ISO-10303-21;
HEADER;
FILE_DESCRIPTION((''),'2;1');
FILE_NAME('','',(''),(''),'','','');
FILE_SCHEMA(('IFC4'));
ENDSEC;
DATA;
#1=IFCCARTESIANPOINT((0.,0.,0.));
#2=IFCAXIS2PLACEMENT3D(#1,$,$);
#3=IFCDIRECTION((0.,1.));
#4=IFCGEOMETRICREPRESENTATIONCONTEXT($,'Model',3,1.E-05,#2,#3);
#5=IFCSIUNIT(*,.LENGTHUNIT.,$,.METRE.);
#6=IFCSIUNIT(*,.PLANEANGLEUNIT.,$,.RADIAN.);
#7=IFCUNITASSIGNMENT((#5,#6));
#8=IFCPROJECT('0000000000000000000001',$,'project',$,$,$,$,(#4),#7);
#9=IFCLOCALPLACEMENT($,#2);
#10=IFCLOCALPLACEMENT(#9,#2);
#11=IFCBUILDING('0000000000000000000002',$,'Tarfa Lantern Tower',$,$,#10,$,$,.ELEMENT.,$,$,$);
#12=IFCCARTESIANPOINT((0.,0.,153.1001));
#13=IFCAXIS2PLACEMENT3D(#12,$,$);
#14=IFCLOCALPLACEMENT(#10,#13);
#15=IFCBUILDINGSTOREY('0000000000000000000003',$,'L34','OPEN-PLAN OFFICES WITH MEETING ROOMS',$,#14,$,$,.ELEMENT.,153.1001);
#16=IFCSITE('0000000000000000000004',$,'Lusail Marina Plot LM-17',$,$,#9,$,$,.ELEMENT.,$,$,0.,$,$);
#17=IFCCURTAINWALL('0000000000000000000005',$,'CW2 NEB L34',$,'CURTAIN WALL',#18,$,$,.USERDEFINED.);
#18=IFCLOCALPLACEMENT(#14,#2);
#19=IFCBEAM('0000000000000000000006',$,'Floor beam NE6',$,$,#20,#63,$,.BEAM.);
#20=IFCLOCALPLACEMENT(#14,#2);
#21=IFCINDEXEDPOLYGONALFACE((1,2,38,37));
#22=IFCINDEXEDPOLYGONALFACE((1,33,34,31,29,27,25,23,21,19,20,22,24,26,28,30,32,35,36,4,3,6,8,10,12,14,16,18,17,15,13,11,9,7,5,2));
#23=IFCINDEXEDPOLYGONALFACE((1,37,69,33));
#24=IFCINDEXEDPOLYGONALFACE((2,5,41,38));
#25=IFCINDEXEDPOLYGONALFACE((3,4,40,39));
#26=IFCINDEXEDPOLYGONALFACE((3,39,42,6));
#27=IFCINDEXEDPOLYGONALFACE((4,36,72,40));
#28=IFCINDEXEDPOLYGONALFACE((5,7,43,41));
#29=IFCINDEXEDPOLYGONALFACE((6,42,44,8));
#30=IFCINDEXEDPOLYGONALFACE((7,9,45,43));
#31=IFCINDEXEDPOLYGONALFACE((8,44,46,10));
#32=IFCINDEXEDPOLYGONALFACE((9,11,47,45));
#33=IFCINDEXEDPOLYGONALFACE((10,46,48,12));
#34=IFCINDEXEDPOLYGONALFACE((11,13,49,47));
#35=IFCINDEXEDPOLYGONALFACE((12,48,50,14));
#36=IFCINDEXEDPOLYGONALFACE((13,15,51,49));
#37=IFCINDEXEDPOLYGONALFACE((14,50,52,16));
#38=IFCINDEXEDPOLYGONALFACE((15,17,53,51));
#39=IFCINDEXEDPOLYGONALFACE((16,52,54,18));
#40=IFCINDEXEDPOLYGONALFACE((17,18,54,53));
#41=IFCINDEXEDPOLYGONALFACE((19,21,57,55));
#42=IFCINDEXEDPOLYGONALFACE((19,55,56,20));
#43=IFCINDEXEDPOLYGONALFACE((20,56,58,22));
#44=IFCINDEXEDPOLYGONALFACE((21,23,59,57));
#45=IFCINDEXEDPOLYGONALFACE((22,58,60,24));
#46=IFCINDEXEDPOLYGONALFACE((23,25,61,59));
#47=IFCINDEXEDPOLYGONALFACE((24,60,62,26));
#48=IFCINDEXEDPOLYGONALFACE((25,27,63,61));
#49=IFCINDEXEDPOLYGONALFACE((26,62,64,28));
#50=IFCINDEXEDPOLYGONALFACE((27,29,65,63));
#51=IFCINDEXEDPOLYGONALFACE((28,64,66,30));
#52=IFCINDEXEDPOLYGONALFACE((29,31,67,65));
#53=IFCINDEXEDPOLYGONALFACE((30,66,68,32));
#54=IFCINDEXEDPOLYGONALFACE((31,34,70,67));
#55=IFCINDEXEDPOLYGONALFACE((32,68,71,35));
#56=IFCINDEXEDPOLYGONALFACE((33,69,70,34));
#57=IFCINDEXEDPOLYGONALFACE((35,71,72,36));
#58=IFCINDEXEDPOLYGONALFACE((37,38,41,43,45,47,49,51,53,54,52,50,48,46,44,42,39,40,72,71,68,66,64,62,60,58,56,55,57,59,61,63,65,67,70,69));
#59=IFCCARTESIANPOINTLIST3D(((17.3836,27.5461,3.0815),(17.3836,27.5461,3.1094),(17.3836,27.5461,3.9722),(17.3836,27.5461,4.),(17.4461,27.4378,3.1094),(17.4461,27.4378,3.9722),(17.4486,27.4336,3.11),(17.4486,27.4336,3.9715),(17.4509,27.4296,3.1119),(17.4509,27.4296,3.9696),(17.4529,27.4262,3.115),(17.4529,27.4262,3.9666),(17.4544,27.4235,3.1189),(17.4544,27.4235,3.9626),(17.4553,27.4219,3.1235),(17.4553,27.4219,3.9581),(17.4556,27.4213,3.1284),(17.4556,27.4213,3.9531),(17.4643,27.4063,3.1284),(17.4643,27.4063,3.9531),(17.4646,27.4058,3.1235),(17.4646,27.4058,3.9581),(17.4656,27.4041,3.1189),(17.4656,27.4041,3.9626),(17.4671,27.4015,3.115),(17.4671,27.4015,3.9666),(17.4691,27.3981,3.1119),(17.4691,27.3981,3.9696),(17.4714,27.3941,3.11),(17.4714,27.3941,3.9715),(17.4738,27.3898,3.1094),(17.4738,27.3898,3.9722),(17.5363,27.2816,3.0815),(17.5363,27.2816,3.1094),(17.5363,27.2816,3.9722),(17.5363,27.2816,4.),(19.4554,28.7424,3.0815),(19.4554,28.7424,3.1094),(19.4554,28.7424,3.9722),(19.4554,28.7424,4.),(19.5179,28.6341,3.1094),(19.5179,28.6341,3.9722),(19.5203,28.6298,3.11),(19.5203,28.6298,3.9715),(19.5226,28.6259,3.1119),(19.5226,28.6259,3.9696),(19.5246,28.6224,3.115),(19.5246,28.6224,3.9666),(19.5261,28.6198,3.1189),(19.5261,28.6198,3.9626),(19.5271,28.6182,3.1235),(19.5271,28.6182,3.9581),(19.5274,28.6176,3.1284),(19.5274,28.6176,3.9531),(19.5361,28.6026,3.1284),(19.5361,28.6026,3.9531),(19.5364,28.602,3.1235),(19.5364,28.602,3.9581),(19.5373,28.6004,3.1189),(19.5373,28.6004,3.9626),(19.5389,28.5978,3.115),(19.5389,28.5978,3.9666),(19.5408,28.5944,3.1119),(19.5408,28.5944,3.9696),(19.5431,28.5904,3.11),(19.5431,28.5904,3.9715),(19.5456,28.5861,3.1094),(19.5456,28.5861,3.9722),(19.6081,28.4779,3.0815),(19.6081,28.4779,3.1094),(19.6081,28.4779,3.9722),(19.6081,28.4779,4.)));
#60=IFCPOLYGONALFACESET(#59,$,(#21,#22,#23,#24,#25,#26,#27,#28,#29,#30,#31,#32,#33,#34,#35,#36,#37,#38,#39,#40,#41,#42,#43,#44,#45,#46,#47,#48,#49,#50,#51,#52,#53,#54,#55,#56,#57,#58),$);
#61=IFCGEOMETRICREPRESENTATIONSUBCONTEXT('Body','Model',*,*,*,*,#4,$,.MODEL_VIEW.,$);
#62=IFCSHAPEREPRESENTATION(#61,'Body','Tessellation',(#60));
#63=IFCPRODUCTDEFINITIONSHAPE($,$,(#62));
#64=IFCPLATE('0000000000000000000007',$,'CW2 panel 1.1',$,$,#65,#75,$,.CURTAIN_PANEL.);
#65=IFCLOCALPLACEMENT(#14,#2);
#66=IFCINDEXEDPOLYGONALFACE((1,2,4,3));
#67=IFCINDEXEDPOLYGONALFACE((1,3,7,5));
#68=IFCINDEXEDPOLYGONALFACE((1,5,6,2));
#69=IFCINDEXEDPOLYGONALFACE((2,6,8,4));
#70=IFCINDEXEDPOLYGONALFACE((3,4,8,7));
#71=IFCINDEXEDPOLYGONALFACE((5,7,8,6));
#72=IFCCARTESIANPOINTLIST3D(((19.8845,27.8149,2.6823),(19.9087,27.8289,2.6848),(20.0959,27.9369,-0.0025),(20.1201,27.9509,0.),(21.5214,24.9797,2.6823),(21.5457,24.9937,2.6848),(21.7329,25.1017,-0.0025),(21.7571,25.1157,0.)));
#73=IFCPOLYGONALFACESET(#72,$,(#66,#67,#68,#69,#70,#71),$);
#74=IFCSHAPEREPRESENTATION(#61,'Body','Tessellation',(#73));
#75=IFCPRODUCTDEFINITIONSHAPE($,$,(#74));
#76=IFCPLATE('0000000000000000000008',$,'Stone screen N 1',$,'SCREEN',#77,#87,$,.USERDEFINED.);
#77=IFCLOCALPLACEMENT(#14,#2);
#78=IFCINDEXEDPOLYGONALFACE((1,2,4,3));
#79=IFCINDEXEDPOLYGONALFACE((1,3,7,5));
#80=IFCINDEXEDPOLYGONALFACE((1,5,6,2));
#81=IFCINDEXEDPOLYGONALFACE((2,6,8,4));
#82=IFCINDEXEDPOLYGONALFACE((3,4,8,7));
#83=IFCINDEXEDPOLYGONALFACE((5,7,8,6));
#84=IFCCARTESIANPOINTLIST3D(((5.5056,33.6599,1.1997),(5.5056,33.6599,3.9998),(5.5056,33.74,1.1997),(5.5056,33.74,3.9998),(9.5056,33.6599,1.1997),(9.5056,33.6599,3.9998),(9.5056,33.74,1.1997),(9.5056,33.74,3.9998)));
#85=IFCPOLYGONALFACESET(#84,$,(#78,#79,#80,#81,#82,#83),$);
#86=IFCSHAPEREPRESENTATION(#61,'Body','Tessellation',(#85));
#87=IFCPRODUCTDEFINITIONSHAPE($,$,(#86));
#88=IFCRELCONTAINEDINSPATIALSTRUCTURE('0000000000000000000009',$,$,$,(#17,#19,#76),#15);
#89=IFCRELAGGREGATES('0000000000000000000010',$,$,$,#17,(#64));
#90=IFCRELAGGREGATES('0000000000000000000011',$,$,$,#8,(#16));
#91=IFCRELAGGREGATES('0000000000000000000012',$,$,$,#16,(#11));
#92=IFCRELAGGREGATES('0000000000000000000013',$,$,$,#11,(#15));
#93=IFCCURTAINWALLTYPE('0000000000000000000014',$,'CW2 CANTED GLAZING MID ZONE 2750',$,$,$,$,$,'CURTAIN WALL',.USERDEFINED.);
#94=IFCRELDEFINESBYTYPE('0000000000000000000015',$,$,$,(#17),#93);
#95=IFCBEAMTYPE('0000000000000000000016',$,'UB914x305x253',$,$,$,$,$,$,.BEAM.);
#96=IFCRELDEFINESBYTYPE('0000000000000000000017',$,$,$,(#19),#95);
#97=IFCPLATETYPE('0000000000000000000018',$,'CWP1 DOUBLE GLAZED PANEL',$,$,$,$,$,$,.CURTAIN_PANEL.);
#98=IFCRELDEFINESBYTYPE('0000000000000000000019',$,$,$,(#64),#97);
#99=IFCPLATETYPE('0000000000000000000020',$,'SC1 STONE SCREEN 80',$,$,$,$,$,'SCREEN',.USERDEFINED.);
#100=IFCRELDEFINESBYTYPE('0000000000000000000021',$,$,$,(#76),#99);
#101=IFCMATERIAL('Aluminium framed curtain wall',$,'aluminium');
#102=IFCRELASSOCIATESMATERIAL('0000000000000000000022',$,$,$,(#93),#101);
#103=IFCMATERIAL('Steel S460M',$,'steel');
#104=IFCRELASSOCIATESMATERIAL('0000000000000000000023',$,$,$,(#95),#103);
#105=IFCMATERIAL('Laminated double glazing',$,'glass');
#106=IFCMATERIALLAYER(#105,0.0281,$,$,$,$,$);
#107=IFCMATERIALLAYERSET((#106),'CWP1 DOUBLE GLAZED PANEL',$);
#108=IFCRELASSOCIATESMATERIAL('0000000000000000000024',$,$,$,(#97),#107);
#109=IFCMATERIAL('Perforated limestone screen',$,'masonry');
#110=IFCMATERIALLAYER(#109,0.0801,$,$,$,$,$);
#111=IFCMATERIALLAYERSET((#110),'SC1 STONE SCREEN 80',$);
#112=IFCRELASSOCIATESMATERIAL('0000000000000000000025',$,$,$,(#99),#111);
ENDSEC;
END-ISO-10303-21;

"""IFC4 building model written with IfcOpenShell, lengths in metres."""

from ifc_helpers import new_model, si_unit, direction, frame, origin, origin_2d, place, context, subcontext, project, spatial, polyline, rectangle, i_section, outline, extrude, material, layer, layer_set, material_profile, profile_set, type_object, element, aggregate, save


model = new_model("IFC4")

# Units and contexts
model_context = context("Model", 3, precision=1e-05, world=origin(), true_north=direction((0.0, 1.0)))
body_context = subcontext(model_context, "Body", "Model", "MODEL_VIEW")
ifc_project = project(units=[si_unit("LENGTHUNIT", "METRE"), si_unit("PLANEANGLEUNIT", "RADIAN")], contexts=[model_context])

# Site, building, storey
site_placement = place(None, origin())
site = spatial("IfcSite", under=ifc_project, at=site_placement, Name="Lusail Marina Plot LM-17", CompositionType="ELEMENT", RefElevation=0.0)
building_placement = place(site_placement, origin())
building = spatial("IfcBuilding", under=site, at=building_placement, Name="Tarfa Lantern Tower", CompositionType="ELEMENT")
storey_placement = place(building_placement, frame((0.0, 0.0, 153.1001)))
storey = spatial("IfcBuildingStorey", under=building, at=storey_placement, Name="L34", Description="OPEN-PLAN OFFICES WITH MEETING ROOMS", CompositionType="ELEMENT", Elevation=153.1001)

# Curtain wall
ifc_material_1 = material(Name="Aluminium framed curtain wall", Category="aluminium")
curtain_wall_type = type_object("IfcCurtainWallType", Name="CW2 CANTED GLAZING MID ZONE 2750", ElementType="CURTAIN WALL", PredefinedType="USERDEFINED", material=ifc_material_1)
curtain_wall_placement = place(storey_placement, origin())
curtain_wall = element("IfcCurtainWall", 1, at=curtain_wall_placement, inside=storey, type_object=curtain_wall_type, Name="CW2 NEB L34", ObjectType="CURTAIN WALL", PredefinedType="USERDEFINED")

# Beam
ifc_material_2 = material(Name="Steel S460M", Category="steel")
ifc_material_profile_1 = material_profile(ifc_material_2, i_section(OverallWidth=0.3054, OverallDepth=0.9185, WebThickness=0.0173, FlangeThickness=0.0278, FilletRadius=0.019, at=origin_2d()), Name="UB914x305x253")
ifc_profile_set_1 = profile_set([ifc_material_profile_1], Name="Steel S460M")
beam_type_1 = type_object("IfcBeamType", Name="UB914x305x253", PredefinedType="BEAM", material=ifc_profile_set_1)
beam_1_placement = place(storey_placement, frame((19.5317, 28.6101, 3.5408), z_axis=(-0.865999, -0.500046, 0.0), x_axis=(0.500046, -0.865999, 0.0)))
element("IfcBeam", 2, at=beam_1_placement, inside=storey, type_object=beam_type_1, Name="Floor beam NE6", PredefinedType="BEAM", context=body_context, shape_type="SweptSolid", body=[
    extrude(i_section(OverallWidth=0.3054, OverallDepth=0.9185, WebThickness=0.0173, FlangeThickness=0.0278, FilletRadius=0.019, at=origin_2d()), origin(), (0.0, 0.0, 1.0), 2.3923),
])

# Plates
ifc_material_3 = material(Name="Laminated double glazing", Category="glass")
ifc_layer_1 = layer(ifc_material_3, 0.0281)
ifc_layer_set_1 = layer_set([ifc_layer_1], Name="CWP1 DOUBLE GLAZED PANEL")
plate_type_1 = type_object("IfcPlateType", Name="CWP1 DOUBLE GLAZED PANEL", PredefinedType="CURTAIN_PANEL", material=ifc_layer_set_1)
plate_1_placement = place(storey_placement, frame((21.7571, 25.1157, 0.0), z_axis=(0.86246, 0.497958, 0.090558), x_axis=(-0.500013, 0.866018, 0.0)))
plate_1 = element("IfcPlate", 3, at=plate_1_placement, type_object=plate_type_1, Name="CW2 panel 1.1", PredefinedType="CURTAIN_PANEL", context=body_context, shape_type="SweptSolid", body=[
    extrude(outline(polyline([(0.0, 0.0), (3.2738, 0.0), (3.2738, 2.6959), (0.0, 2.6959), (0.0, 0.0)])), origin(), (0.0, 0.0, -1.0), 0.0281),
])
aggregate(curtain_wall, [plate_1])
ifc_material_4 = material(Name="Perforated limestone screen", Category="masonry")
ifc_layer_2 = layer(ifc_material_4, 0.0801)
ifc_layer_set_2 = layer_set([ifc_layer_2], Name="SC1 STONE SCREEN 80")
plate_type_2 = type_object("IfcPlateType", Name="SC1 STONE SCREEN 80", ElementType="SCREEN", PredefinedType="USERDEFINED", material=ifc_layer_set_2)
plate_2_placement = place(storey_placement, frame((7.5056, 33.7, 1.1997), z_axis=(0.0, 0.0, 1.0), x_axis=(-1.0, 0.0, 0.0)))
element("IfcPlate", 4, at=plate_2_placement, inside=storey, type_object=plate_type_2, Name="Stone screen N 1", ObjectType="SCREEN", PredefinedType="USERDEFINED", context=body_context, shape_type="SweptSolid", body=[
    extrude(rectangle(XDim=4.0, YDim=0.0801, at=origin_2d()), origin(), (0.0, 0.0, 1.0), 2.8),
])

save(model, "model.ifc")
